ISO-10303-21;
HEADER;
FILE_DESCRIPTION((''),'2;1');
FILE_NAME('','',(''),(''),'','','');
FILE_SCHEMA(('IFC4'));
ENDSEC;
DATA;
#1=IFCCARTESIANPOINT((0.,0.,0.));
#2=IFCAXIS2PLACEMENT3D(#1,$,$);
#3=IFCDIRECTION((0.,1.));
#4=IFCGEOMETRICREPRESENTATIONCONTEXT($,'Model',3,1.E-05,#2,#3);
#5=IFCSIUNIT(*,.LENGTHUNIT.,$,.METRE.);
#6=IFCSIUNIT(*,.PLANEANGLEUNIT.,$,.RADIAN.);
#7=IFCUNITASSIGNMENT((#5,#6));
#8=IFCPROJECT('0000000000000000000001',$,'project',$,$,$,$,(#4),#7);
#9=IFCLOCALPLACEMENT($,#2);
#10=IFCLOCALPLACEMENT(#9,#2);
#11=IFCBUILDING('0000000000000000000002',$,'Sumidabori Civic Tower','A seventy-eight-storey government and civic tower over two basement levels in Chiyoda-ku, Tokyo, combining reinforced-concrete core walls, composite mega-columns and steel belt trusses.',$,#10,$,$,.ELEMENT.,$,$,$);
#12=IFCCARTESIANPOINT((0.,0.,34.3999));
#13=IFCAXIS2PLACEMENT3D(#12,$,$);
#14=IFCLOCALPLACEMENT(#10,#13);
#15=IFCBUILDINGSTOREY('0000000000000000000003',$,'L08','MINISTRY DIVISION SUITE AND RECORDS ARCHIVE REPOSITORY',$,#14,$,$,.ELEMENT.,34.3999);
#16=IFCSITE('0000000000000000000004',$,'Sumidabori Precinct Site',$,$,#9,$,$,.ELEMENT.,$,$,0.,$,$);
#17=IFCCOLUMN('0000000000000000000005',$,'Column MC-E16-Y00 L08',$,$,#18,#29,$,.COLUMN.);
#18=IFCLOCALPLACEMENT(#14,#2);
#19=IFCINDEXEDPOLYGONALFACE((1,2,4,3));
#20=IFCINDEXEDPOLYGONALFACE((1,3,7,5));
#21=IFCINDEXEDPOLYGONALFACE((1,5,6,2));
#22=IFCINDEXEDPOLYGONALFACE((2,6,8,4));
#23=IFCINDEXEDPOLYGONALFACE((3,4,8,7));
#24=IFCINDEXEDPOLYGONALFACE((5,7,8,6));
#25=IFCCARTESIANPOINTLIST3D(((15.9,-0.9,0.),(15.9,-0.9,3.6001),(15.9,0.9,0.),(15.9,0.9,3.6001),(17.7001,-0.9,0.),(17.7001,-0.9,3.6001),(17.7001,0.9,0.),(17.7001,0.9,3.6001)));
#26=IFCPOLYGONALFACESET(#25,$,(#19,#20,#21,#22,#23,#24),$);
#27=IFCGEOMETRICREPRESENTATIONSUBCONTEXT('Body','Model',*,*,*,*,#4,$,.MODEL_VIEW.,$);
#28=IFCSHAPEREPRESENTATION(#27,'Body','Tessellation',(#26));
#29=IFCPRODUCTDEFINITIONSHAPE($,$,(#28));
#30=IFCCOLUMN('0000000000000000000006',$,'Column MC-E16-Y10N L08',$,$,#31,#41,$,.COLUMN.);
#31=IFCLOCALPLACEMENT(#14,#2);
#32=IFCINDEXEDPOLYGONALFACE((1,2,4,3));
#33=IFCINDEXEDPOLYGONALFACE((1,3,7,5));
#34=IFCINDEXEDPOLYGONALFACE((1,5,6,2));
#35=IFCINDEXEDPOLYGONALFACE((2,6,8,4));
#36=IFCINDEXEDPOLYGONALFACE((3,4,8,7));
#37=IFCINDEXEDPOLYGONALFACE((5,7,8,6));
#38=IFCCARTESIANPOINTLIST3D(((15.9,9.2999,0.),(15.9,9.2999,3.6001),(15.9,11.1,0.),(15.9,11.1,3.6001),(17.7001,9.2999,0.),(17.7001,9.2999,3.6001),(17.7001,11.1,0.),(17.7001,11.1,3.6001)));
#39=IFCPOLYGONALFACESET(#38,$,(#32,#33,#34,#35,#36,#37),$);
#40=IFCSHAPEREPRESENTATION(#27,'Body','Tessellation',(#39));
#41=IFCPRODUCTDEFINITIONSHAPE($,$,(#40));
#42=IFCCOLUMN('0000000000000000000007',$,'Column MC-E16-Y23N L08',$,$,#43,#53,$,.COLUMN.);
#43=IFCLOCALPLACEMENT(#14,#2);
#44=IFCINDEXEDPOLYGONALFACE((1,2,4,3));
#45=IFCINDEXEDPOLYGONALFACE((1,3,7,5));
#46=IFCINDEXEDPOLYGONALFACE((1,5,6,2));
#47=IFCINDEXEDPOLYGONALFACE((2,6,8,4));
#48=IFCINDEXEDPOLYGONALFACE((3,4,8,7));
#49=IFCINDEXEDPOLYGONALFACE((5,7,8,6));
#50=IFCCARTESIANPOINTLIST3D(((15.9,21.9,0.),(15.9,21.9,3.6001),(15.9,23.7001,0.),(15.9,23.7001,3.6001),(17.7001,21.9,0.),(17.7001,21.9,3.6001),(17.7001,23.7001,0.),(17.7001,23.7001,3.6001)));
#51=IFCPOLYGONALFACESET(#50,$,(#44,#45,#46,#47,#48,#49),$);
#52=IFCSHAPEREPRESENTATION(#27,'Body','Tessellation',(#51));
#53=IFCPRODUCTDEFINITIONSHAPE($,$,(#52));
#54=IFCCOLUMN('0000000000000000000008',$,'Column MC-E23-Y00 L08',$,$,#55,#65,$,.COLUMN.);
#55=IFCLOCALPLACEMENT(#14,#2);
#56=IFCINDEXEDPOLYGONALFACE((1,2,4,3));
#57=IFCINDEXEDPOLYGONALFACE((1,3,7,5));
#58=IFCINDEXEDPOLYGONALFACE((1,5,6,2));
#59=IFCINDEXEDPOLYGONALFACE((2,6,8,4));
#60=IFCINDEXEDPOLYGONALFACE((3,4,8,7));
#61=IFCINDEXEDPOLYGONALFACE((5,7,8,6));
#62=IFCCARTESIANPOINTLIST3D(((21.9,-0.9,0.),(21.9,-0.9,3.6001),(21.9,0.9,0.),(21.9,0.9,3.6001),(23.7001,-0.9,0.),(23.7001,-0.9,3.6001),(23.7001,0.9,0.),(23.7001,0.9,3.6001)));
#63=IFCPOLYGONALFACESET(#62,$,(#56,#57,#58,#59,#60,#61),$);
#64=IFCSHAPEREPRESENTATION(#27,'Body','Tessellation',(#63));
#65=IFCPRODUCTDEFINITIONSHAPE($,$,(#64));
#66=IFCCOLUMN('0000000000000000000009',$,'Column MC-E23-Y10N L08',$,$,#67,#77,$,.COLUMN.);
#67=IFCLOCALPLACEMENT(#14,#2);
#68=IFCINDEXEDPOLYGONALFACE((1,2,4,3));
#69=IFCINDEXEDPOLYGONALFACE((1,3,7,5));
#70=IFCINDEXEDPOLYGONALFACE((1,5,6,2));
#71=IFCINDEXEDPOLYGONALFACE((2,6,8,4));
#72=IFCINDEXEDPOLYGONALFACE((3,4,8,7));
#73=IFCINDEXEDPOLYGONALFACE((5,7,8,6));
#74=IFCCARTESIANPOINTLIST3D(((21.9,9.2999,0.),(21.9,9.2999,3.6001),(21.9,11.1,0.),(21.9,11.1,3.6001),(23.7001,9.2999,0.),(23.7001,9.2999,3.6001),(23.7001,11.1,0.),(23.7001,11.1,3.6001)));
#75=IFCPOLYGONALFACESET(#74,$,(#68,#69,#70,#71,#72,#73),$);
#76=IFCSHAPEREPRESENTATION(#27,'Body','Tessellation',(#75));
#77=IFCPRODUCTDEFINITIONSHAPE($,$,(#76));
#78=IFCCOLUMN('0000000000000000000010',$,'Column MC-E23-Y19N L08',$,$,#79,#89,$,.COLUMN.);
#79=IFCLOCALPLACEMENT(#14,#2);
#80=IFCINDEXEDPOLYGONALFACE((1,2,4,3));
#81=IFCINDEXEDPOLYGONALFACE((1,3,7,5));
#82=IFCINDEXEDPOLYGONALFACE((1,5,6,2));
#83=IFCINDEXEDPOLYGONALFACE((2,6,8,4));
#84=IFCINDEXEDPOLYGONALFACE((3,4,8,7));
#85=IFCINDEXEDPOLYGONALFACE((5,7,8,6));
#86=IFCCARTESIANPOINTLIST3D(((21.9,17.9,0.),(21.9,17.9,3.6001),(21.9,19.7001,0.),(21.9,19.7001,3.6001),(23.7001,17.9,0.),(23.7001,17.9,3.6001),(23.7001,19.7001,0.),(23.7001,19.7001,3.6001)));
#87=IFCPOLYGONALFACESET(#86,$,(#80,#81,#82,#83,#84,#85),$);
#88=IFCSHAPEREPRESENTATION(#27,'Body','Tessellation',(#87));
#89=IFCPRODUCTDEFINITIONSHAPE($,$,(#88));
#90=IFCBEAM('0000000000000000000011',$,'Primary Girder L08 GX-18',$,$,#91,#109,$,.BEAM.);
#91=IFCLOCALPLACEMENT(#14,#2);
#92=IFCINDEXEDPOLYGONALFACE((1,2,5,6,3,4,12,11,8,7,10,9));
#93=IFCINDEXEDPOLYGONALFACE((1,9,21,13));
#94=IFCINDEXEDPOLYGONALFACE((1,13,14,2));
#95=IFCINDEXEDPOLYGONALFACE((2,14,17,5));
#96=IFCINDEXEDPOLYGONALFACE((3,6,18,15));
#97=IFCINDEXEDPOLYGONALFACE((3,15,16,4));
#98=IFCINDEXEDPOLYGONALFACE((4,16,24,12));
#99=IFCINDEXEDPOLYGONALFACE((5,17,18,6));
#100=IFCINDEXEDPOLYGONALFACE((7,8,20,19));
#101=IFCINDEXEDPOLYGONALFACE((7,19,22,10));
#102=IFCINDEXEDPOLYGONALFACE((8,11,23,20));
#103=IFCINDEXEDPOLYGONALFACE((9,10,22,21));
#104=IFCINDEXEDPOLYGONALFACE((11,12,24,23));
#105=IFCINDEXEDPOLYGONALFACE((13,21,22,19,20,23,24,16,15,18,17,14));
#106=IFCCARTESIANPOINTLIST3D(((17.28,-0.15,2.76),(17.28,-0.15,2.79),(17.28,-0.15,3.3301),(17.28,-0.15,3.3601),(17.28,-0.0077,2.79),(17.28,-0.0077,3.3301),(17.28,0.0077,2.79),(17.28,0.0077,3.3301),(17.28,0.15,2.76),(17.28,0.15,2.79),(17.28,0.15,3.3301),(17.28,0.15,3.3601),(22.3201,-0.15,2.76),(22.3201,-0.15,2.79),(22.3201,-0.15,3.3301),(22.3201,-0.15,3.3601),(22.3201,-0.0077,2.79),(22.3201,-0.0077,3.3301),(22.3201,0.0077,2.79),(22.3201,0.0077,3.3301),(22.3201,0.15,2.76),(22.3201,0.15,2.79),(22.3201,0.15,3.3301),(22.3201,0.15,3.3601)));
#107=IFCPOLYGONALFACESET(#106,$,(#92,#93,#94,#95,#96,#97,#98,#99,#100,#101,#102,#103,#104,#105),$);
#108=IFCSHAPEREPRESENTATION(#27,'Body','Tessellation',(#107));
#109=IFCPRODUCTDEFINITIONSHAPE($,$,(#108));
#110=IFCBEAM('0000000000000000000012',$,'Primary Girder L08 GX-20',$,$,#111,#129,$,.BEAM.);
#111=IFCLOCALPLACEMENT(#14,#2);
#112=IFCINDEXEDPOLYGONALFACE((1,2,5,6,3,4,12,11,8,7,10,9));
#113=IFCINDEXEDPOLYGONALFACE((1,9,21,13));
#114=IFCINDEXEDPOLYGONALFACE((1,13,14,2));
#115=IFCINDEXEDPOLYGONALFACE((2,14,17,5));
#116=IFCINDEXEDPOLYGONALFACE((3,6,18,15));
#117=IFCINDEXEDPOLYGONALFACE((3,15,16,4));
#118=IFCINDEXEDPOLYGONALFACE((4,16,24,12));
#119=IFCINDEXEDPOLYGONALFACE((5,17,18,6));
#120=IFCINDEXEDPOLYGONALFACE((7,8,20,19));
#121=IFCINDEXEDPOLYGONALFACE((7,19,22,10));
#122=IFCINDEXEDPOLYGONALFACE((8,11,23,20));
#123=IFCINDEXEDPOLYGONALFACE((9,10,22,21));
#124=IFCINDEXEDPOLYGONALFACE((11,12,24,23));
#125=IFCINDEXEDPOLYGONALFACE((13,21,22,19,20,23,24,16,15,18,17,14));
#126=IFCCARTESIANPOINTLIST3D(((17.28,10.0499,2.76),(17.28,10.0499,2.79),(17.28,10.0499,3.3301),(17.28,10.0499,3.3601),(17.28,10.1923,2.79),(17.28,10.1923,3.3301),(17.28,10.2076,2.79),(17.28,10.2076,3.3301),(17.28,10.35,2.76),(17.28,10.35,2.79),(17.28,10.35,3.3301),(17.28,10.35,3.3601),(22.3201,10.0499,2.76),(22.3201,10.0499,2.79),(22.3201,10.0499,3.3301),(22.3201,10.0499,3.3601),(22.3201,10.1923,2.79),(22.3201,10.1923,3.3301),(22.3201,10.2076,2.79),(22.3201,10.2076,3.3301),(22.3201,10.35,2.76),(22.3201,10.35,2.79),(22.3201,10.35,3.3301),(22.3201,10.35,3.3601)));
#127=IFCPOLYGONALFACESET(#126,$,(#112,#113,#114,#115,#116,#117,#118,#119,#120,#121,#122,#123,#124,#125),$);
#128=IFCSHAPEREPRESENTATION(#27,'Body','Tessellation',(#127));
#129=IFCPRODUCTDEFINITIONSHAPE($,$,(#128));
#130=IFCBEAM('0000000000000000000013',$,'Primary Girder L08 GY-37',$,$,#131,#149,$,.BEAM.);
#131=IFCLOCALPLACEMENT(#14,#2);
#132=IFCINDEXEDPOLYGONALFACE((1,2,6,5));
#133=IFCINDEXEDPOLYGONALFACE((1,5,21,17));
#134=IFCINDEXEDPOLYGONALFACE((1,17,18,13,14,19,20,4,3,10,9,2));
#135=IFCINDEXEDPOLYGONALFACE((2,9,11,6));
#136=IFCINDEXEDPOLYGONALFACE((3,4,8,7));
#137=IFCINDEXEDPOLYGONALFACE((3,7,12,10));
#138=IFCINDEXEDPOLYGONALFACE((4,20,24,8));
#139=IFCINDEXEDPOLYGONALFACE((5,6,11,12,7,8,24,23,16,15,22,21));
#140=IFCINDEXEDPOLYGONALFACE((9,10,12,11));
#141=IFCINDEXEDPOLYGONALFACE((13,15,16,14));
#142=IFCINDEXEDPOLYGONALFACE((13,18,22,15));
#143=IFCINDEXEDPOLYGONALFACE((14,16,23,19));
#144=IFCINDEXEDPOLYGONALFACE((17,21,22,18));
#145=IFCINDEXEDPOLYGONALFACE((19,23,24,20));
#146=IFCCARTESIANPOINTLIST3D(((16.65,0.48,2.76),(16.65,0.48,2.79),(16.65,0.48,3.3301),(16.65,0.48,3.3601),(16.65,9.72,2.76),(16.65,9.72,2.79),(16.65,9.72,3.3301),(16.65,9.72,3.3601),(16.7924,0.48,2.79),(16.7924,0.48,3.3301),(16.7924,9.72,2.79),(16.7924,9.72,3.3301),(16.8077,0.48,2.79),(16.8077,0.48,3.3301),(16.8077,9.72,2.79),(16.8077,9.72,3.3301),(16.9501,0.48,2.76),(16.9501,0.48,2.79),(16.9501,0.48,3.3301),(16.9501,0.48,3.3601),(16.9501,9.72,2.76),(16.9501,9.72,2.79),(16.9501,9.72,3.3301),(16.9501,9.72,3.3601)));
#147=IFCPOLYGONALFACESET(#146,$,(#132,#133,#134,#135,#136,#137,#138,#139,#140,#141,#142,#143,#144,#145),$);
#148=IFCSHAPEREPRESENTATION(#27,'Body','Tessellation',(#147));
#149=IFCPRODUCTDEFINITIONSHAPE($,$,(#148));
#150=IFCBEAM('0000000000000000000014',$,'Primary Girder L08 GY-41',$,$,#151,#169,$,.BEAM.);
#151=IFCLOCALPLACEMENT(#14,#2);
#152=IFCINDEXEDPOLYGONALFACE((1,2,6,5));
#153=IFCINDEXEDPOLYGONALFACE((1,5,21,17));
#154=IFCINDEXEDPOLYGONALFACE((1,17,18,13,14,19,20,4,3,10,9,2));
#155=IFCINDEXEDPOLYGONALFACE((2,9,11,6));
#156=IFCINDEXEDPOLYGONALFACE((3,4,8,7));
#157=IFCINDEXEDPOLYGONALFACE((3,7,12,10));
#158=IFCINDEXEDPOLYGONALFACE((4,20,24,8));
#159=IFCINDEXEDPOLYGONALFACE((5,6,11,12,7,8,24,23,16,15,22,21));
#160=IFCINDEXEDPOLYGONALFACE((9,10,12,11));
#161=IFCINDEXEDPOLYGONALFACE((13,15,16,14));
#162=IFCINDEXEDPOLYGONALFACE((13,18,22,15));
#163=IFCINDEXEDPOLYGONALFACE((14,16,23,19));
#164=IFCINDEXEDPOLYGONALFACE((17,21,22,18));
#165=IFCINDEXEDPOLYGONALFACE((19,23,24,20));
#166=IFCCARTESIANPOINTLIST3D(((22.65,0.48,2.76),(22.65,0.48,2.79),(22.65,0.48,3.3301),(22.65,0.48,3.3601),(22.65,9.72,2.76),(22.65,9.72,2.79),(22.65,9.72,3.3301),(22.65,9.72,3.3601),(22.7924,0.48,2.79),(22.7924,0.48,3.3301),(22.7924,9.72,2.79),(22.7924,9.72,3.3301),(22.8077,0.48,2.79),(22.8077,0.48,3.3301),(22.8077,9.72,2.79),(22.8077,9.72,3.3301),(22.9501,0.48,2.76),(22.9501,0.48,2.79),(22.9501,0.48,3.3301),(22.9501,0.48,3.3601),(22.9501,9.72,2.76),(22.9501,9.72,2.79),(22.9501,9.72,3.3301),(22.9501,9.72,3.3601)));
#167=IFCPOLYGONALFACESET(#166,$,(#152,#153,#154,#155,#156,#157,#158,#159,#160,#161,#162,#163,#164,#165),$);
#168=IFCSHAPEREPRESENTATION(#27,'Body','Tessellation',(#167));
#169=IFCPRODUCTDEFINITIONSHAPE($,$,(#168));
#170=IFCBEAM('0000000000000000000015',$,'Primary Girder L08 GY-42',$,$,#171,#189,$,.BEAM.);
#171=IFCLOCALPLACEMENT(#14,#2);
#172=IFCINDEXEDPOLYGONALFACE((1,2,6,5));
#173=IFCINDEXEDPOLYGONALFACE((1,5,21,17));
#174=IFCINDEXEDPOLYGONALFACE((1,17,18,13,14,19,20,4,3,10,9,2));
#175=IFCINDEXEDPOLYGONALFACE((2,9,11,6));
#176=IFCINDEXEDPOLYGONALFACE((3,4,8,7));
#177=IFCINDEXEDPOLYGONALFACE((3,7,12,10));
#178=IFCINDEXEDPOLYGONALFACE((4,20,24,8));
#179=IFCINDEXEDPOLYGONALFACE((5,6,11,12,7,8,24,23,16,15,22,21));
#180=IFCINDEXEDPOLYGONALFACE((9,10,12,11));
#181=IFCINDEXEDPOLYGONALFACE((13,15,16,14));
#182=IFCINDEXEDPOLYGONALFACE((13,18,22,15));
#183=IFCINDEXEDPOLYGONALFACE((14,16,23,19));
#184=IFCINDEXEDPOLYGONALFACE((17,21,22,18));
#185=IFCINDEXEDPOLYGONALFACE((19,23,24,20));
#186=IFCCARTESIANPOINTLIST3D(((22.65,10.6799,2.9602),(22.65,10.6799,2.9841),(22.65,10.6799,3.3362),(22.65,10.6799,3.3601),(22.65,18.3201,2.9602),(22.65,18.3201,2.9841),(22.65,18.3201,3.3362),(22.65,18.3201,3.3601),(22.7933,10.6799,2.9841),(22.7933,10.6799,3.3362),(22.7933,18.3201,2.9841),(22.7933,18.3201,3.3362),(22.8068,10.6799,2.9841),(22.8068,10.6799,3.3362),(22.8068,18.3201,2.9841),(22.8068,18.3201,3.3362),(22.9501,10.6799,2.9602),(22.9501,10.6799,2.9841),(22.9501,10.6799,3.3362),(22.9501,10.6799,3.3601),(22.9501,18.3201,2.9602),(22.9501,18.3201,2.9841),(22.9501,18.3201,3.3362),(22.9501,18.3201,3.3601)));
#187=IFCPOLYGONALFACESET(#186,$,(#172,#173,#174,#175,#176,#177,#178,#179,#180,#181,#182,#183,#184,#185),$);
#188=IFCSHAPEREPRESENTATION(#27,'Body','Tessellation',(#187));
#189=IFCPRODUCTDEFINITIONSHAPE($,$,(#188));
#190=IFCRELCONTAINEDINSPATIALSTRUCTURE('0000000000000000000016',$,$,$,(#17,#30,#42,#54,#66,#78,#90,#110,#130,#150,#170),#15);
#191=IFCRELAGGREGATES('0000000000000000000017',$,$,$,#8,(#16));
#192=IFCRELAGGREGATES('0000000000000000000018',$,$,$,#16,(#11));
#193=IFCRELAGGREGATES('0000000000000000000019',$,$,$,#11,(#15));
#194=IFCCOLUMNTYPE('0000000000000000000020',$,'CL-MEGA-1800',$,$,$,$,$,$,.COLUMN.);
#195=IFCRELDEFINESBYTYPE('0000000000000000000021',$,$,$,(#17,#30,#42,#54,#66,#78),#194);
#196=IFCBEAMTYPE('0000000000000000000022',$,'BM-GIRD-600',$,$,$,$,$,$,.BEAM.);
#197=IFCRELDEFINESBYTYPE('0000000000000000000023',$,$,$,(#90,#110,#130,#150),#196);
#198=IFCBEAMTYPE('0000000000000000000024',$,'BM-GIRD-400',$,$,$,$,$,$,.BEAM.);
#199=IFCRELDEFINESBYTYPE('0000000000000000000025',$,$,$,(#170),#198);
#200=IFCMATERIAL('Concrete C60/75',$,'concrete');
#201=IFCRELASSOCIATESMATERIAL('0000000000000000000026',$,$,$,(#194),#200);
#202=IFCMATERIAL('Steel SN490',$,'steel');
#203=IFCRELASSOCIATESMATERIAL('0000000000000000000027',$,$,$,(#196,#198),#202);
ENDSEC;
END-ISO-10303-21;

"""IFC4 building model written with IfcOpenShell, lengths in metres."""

from ifc_helpers import new_model, si_unit, direction, frame, origin, origin_2d, place, context, subcontext, project, spatial, rectangle, i_section, extrude, source, transform, mapped, material, material_profile, profile_set, type_object, element, save


model = new_model("IFC4")

# Units and contexts
model_context = context("Model", 3, precision=1e-05, world=origin(), true_north=direction((0.0, 1.0)))
body_context = subcontext(model_context, "Body", "Model", "MODEL_VIEW")
ifc_project = project(units=[si_unit("LENGTHUNIT", "METRE"), si_unit("PLANEANGLEUNIT", "RADIAN")], contexts=[model_context])

# Site, building, storey
site_placement = place(None, origin())
site = spatial("IfcSite", under=ifc_project, at=site_placement, Name="Sumidabori Precinct Site", CompositionType="ELEMENT", RefElevation=0.0)
building_placement = place(site_placement, origin())
building = spatial("IfcBuilding", under=site, at=building_placement, Name="Sumidabori Civic Tower", Description="A seventy-eight-storey government and civic tower over two basement levels in Chiyoda-ku, Tokyo, combining reinforced-concrete core walls, composite mega-columns and steel belt trusses.", CompositionType="ELEMENT")
storey_placement = place(building_placement, frame((0.0, 0.0, 34.3999)))
storey = spatial("IfcBuildingStorey", under=building, at=storey_placement, Name="L08", Description="MINISTRY DIVISION SUITE AND RECORDS ARCHIVE REPOSITORY", CompositionType="ELEMENT", Elevation=34.3999)

# Columns
ifc_material_1 = material(Name="Concrete C60/75", Category="concrete")
ifc_material_profile_1 = material_profile(ifc_material_1, rectangle(XDim=1.8, YDim=1.8, at=origin_2d()), Name="RC 1800x1800")
ifc_profile_set_1 = profile_set([ifc_material_profile_1], Name="Concrete C60/75")
column_type = type_object("IfcColumnType", Name="CL-MEGA-1800", PredefinedType="COLUMN", material=ifc_profile_set_1)
shared_shape_1 = source(origin(), body_context, "Body", "SweptSolid", [
    extrude(rectangle(XDim=1.8, YDim=1.8, at=origin_2d()), origin(), (0.0, 0.0, 1.0), 3.6001),
])
for number, where, z_axis, x_axis, name in (
    (1, (16.8, 0.0, 0.0), (0.0, 0.0, 1.0), (1.0, 0.0, 0.0), "Column MC-E16-Y00 L08"),
    (2, (16.8, 10.2, 0.0), (0.0, 0.0, 1.0), (1.0, 0.0, 0.0), "Column MC-E16-Y10N L08"),
    (3, (16.8, 22.8, 0.0), (0.0, 0.0, 1.0), (1.0, 0.0, 0.0), "Column MC-E16-Y23N L08"),
    (4, (22.8, 0.0, 0.0), (0.0, 0.0, 1.0), (1.0, 0.0, 0.0), "Column MC-E23-Y00 L08"),
    (5, (22.8, 10.2, 0.0), (0.0, 0.0, 1.0), (1.0, 0.0, 0.0), "Column MC-E23-Y10N L08"),
    (6, (22.8, 18.8, 0.0), (0.0, 0.0, 1.0), (1.0, 0.0, 0.0), "Column MC-E23-Y19N L08"),
):
    element("IfcColumn", number, at=place(storey_placement, frame(where, z_axis=z_axis, x_axis=x_axis)), inside=storey, type_object=column_type, Name=name, PredefinedType="COLUMN", context=body_context, shape_type="MappedRepresentation", body=[
        mapped(shared_shape_1, transform((0.0, 0.0, 0.0), x_axis=(1.0, 0.0, 0.0), y_axis=(0.0, 1.0, 0.0), z_axis=(0.0, 0.0, 1.0), scale=1.0)),
    ])

# Beams
ifc_material_2 = material(Name="Steel SN490", Category="steel")
ifc_material_profile_2 = material_profile(ifc_material_2, i_section(OverallWidth=0.3, OverallDepth=0.6001, WebThickness=0.0154, FlangeThickness=0.03, at=origin_2d()), Name="HE 600 B")
ifc_profile_set_2 = profile_set([ifc_material_profile_2], Name="Steel SN490")
beam_type_1 = type_object("IfcBeamType", Name="BM-GIRD-600", PredefinedType="BEAM", material=ifc_profile_set_2)
shared_shape_2 = source(origin(), body_context, "Body", "SweptSolid", [
    extrude(i_section(OverallWidth=0.3, OverallDepth=0.6001, WebThickness=0.0154, FlangeThickness=0.03, at=origin_2d()), origin(), (0.0, 0.0, 1.0), 5.04),
])
for number, where, z_axis, x_axis, name in (
    (7, (17.28, 0.0, 3.0601), (1.0, 0.0, 0.0), (0.0, 1.0, 0.0), "Primary Girder L08 GX-18"),
    (8, (17.28, 10.2, 3.0601), (1.0, 0.0, 0.0), (0.0, 1.0, 0.0), "Primary Girder L08 GX-20"),
):
    element("IfcBeam", number, at=place(storey_placement, frame(where, z_axis=z_axis, x_axis=x_axis)), inside=storey, type_object=beam_type_1, Name=name, PredefinedType="BEAM", context=body_context, shape_type="MappedRepresentation", body=[
        mapped(shared_shape_2, transform((0.0, 0.0, 0.0), x_axis=(1.0, 0.0, 0.0), y_axis=(0.0, 1.0, 0.0), z_axis=(0.0, 0.0, 1.0), scale=1.0)),
    ])
shared_shape_3 = source(origin(), body_context, "Body", "SweptSolid", [
    extrude(i_section(OverallWidth=0.3, OverallDepth=0.6001, WebThickness=0.0154, FlangeThickness=0.03, at=origin_2d()), origin(), (0.0, 0.0, 1.0), 9.24),
])
for number, where, z_axis, x_axis, name in (
    (9, (16.8, 0.48, 3.0601), (0.0, 1.0, 0.0), (-1.0, 0.0, 0.0), "Primary Girder L08 GY-37"),
    (10, (22.8, 0.48, 3.0601), (0.0, 1.0, 0.0), (-1.0, 0.0, 0.0), "Primary Girder L08 GY-41"),
):
    element("IfcBeam", number, at=place(storey_placement, frame(where, z_axis=z_axis, x_axis=x_axis)), inside=storey, type_object=beam_type_1, Name=name, PredefinedType="BEAM", context=body_context, shape_type="MappedRepresentation", body=[
        mapped(shared_shape_3, transform((0.0, 0.0, 0.0), x_axis=(1.0, 0.0, 0.0), y_axis=(0.0, 1.0, 0.0), z_axis=(0.0, 0.0, 1.0), scale=1.0)),
    ])
ifc_material_profile_3 = material_profile(ifc_material_2, i_section(OverallWidth=0.3, OverallDepth=0.3999, WebThickness=0.0134, FlangeThickness=0.0239, at=origin_2d()), Name="HE 400 B")
ifc_profile_set_3 = profile_set([ifc_material_profile_3], Name="Steel SN490")
beam_type_2 = type_object("IfcBeamType", Name="BM-GIRD-400", PredefinedType="BEAM", material=ifc_profile_set_3)
shared_shape_4 = source(origin(), body_context, "Body", "SweptSolid", [
    extrude(i_section(OverallWidth=0.3, OverallDepth=0.3999, WebThickness=0.0134, FlangeThickness=0.0239, at=origin_2d()), origin(), (0.0, 0.0, 1.0), 7.6401),
])
beam_1_placement = place(storey_placement, frame((22.8, 10.6799, 3.1602), z_axis=(0.0, 1.0, 0.0), x_axis=(-1.0, 0.0, 0.0)))
element("IfcBeam", 11, at=beam_1_placement, inside=storey, type_object=beam_type_2, Name="Primary Girder L08 GY-42", PredefinedType="BEAM", context=body_context, shape_type="MappedRepresentation", body=[
    mapped(shared_shape_4, transform((0.0, 0.0, 0.0), x_axis=(1.0, 0.0, 0.0), y_axis=(0.0, 1.0, 0.0), z_axis=(0.0, 0.0, 1.0), scale=1.0)),
])

save(model, "model.ifc")
